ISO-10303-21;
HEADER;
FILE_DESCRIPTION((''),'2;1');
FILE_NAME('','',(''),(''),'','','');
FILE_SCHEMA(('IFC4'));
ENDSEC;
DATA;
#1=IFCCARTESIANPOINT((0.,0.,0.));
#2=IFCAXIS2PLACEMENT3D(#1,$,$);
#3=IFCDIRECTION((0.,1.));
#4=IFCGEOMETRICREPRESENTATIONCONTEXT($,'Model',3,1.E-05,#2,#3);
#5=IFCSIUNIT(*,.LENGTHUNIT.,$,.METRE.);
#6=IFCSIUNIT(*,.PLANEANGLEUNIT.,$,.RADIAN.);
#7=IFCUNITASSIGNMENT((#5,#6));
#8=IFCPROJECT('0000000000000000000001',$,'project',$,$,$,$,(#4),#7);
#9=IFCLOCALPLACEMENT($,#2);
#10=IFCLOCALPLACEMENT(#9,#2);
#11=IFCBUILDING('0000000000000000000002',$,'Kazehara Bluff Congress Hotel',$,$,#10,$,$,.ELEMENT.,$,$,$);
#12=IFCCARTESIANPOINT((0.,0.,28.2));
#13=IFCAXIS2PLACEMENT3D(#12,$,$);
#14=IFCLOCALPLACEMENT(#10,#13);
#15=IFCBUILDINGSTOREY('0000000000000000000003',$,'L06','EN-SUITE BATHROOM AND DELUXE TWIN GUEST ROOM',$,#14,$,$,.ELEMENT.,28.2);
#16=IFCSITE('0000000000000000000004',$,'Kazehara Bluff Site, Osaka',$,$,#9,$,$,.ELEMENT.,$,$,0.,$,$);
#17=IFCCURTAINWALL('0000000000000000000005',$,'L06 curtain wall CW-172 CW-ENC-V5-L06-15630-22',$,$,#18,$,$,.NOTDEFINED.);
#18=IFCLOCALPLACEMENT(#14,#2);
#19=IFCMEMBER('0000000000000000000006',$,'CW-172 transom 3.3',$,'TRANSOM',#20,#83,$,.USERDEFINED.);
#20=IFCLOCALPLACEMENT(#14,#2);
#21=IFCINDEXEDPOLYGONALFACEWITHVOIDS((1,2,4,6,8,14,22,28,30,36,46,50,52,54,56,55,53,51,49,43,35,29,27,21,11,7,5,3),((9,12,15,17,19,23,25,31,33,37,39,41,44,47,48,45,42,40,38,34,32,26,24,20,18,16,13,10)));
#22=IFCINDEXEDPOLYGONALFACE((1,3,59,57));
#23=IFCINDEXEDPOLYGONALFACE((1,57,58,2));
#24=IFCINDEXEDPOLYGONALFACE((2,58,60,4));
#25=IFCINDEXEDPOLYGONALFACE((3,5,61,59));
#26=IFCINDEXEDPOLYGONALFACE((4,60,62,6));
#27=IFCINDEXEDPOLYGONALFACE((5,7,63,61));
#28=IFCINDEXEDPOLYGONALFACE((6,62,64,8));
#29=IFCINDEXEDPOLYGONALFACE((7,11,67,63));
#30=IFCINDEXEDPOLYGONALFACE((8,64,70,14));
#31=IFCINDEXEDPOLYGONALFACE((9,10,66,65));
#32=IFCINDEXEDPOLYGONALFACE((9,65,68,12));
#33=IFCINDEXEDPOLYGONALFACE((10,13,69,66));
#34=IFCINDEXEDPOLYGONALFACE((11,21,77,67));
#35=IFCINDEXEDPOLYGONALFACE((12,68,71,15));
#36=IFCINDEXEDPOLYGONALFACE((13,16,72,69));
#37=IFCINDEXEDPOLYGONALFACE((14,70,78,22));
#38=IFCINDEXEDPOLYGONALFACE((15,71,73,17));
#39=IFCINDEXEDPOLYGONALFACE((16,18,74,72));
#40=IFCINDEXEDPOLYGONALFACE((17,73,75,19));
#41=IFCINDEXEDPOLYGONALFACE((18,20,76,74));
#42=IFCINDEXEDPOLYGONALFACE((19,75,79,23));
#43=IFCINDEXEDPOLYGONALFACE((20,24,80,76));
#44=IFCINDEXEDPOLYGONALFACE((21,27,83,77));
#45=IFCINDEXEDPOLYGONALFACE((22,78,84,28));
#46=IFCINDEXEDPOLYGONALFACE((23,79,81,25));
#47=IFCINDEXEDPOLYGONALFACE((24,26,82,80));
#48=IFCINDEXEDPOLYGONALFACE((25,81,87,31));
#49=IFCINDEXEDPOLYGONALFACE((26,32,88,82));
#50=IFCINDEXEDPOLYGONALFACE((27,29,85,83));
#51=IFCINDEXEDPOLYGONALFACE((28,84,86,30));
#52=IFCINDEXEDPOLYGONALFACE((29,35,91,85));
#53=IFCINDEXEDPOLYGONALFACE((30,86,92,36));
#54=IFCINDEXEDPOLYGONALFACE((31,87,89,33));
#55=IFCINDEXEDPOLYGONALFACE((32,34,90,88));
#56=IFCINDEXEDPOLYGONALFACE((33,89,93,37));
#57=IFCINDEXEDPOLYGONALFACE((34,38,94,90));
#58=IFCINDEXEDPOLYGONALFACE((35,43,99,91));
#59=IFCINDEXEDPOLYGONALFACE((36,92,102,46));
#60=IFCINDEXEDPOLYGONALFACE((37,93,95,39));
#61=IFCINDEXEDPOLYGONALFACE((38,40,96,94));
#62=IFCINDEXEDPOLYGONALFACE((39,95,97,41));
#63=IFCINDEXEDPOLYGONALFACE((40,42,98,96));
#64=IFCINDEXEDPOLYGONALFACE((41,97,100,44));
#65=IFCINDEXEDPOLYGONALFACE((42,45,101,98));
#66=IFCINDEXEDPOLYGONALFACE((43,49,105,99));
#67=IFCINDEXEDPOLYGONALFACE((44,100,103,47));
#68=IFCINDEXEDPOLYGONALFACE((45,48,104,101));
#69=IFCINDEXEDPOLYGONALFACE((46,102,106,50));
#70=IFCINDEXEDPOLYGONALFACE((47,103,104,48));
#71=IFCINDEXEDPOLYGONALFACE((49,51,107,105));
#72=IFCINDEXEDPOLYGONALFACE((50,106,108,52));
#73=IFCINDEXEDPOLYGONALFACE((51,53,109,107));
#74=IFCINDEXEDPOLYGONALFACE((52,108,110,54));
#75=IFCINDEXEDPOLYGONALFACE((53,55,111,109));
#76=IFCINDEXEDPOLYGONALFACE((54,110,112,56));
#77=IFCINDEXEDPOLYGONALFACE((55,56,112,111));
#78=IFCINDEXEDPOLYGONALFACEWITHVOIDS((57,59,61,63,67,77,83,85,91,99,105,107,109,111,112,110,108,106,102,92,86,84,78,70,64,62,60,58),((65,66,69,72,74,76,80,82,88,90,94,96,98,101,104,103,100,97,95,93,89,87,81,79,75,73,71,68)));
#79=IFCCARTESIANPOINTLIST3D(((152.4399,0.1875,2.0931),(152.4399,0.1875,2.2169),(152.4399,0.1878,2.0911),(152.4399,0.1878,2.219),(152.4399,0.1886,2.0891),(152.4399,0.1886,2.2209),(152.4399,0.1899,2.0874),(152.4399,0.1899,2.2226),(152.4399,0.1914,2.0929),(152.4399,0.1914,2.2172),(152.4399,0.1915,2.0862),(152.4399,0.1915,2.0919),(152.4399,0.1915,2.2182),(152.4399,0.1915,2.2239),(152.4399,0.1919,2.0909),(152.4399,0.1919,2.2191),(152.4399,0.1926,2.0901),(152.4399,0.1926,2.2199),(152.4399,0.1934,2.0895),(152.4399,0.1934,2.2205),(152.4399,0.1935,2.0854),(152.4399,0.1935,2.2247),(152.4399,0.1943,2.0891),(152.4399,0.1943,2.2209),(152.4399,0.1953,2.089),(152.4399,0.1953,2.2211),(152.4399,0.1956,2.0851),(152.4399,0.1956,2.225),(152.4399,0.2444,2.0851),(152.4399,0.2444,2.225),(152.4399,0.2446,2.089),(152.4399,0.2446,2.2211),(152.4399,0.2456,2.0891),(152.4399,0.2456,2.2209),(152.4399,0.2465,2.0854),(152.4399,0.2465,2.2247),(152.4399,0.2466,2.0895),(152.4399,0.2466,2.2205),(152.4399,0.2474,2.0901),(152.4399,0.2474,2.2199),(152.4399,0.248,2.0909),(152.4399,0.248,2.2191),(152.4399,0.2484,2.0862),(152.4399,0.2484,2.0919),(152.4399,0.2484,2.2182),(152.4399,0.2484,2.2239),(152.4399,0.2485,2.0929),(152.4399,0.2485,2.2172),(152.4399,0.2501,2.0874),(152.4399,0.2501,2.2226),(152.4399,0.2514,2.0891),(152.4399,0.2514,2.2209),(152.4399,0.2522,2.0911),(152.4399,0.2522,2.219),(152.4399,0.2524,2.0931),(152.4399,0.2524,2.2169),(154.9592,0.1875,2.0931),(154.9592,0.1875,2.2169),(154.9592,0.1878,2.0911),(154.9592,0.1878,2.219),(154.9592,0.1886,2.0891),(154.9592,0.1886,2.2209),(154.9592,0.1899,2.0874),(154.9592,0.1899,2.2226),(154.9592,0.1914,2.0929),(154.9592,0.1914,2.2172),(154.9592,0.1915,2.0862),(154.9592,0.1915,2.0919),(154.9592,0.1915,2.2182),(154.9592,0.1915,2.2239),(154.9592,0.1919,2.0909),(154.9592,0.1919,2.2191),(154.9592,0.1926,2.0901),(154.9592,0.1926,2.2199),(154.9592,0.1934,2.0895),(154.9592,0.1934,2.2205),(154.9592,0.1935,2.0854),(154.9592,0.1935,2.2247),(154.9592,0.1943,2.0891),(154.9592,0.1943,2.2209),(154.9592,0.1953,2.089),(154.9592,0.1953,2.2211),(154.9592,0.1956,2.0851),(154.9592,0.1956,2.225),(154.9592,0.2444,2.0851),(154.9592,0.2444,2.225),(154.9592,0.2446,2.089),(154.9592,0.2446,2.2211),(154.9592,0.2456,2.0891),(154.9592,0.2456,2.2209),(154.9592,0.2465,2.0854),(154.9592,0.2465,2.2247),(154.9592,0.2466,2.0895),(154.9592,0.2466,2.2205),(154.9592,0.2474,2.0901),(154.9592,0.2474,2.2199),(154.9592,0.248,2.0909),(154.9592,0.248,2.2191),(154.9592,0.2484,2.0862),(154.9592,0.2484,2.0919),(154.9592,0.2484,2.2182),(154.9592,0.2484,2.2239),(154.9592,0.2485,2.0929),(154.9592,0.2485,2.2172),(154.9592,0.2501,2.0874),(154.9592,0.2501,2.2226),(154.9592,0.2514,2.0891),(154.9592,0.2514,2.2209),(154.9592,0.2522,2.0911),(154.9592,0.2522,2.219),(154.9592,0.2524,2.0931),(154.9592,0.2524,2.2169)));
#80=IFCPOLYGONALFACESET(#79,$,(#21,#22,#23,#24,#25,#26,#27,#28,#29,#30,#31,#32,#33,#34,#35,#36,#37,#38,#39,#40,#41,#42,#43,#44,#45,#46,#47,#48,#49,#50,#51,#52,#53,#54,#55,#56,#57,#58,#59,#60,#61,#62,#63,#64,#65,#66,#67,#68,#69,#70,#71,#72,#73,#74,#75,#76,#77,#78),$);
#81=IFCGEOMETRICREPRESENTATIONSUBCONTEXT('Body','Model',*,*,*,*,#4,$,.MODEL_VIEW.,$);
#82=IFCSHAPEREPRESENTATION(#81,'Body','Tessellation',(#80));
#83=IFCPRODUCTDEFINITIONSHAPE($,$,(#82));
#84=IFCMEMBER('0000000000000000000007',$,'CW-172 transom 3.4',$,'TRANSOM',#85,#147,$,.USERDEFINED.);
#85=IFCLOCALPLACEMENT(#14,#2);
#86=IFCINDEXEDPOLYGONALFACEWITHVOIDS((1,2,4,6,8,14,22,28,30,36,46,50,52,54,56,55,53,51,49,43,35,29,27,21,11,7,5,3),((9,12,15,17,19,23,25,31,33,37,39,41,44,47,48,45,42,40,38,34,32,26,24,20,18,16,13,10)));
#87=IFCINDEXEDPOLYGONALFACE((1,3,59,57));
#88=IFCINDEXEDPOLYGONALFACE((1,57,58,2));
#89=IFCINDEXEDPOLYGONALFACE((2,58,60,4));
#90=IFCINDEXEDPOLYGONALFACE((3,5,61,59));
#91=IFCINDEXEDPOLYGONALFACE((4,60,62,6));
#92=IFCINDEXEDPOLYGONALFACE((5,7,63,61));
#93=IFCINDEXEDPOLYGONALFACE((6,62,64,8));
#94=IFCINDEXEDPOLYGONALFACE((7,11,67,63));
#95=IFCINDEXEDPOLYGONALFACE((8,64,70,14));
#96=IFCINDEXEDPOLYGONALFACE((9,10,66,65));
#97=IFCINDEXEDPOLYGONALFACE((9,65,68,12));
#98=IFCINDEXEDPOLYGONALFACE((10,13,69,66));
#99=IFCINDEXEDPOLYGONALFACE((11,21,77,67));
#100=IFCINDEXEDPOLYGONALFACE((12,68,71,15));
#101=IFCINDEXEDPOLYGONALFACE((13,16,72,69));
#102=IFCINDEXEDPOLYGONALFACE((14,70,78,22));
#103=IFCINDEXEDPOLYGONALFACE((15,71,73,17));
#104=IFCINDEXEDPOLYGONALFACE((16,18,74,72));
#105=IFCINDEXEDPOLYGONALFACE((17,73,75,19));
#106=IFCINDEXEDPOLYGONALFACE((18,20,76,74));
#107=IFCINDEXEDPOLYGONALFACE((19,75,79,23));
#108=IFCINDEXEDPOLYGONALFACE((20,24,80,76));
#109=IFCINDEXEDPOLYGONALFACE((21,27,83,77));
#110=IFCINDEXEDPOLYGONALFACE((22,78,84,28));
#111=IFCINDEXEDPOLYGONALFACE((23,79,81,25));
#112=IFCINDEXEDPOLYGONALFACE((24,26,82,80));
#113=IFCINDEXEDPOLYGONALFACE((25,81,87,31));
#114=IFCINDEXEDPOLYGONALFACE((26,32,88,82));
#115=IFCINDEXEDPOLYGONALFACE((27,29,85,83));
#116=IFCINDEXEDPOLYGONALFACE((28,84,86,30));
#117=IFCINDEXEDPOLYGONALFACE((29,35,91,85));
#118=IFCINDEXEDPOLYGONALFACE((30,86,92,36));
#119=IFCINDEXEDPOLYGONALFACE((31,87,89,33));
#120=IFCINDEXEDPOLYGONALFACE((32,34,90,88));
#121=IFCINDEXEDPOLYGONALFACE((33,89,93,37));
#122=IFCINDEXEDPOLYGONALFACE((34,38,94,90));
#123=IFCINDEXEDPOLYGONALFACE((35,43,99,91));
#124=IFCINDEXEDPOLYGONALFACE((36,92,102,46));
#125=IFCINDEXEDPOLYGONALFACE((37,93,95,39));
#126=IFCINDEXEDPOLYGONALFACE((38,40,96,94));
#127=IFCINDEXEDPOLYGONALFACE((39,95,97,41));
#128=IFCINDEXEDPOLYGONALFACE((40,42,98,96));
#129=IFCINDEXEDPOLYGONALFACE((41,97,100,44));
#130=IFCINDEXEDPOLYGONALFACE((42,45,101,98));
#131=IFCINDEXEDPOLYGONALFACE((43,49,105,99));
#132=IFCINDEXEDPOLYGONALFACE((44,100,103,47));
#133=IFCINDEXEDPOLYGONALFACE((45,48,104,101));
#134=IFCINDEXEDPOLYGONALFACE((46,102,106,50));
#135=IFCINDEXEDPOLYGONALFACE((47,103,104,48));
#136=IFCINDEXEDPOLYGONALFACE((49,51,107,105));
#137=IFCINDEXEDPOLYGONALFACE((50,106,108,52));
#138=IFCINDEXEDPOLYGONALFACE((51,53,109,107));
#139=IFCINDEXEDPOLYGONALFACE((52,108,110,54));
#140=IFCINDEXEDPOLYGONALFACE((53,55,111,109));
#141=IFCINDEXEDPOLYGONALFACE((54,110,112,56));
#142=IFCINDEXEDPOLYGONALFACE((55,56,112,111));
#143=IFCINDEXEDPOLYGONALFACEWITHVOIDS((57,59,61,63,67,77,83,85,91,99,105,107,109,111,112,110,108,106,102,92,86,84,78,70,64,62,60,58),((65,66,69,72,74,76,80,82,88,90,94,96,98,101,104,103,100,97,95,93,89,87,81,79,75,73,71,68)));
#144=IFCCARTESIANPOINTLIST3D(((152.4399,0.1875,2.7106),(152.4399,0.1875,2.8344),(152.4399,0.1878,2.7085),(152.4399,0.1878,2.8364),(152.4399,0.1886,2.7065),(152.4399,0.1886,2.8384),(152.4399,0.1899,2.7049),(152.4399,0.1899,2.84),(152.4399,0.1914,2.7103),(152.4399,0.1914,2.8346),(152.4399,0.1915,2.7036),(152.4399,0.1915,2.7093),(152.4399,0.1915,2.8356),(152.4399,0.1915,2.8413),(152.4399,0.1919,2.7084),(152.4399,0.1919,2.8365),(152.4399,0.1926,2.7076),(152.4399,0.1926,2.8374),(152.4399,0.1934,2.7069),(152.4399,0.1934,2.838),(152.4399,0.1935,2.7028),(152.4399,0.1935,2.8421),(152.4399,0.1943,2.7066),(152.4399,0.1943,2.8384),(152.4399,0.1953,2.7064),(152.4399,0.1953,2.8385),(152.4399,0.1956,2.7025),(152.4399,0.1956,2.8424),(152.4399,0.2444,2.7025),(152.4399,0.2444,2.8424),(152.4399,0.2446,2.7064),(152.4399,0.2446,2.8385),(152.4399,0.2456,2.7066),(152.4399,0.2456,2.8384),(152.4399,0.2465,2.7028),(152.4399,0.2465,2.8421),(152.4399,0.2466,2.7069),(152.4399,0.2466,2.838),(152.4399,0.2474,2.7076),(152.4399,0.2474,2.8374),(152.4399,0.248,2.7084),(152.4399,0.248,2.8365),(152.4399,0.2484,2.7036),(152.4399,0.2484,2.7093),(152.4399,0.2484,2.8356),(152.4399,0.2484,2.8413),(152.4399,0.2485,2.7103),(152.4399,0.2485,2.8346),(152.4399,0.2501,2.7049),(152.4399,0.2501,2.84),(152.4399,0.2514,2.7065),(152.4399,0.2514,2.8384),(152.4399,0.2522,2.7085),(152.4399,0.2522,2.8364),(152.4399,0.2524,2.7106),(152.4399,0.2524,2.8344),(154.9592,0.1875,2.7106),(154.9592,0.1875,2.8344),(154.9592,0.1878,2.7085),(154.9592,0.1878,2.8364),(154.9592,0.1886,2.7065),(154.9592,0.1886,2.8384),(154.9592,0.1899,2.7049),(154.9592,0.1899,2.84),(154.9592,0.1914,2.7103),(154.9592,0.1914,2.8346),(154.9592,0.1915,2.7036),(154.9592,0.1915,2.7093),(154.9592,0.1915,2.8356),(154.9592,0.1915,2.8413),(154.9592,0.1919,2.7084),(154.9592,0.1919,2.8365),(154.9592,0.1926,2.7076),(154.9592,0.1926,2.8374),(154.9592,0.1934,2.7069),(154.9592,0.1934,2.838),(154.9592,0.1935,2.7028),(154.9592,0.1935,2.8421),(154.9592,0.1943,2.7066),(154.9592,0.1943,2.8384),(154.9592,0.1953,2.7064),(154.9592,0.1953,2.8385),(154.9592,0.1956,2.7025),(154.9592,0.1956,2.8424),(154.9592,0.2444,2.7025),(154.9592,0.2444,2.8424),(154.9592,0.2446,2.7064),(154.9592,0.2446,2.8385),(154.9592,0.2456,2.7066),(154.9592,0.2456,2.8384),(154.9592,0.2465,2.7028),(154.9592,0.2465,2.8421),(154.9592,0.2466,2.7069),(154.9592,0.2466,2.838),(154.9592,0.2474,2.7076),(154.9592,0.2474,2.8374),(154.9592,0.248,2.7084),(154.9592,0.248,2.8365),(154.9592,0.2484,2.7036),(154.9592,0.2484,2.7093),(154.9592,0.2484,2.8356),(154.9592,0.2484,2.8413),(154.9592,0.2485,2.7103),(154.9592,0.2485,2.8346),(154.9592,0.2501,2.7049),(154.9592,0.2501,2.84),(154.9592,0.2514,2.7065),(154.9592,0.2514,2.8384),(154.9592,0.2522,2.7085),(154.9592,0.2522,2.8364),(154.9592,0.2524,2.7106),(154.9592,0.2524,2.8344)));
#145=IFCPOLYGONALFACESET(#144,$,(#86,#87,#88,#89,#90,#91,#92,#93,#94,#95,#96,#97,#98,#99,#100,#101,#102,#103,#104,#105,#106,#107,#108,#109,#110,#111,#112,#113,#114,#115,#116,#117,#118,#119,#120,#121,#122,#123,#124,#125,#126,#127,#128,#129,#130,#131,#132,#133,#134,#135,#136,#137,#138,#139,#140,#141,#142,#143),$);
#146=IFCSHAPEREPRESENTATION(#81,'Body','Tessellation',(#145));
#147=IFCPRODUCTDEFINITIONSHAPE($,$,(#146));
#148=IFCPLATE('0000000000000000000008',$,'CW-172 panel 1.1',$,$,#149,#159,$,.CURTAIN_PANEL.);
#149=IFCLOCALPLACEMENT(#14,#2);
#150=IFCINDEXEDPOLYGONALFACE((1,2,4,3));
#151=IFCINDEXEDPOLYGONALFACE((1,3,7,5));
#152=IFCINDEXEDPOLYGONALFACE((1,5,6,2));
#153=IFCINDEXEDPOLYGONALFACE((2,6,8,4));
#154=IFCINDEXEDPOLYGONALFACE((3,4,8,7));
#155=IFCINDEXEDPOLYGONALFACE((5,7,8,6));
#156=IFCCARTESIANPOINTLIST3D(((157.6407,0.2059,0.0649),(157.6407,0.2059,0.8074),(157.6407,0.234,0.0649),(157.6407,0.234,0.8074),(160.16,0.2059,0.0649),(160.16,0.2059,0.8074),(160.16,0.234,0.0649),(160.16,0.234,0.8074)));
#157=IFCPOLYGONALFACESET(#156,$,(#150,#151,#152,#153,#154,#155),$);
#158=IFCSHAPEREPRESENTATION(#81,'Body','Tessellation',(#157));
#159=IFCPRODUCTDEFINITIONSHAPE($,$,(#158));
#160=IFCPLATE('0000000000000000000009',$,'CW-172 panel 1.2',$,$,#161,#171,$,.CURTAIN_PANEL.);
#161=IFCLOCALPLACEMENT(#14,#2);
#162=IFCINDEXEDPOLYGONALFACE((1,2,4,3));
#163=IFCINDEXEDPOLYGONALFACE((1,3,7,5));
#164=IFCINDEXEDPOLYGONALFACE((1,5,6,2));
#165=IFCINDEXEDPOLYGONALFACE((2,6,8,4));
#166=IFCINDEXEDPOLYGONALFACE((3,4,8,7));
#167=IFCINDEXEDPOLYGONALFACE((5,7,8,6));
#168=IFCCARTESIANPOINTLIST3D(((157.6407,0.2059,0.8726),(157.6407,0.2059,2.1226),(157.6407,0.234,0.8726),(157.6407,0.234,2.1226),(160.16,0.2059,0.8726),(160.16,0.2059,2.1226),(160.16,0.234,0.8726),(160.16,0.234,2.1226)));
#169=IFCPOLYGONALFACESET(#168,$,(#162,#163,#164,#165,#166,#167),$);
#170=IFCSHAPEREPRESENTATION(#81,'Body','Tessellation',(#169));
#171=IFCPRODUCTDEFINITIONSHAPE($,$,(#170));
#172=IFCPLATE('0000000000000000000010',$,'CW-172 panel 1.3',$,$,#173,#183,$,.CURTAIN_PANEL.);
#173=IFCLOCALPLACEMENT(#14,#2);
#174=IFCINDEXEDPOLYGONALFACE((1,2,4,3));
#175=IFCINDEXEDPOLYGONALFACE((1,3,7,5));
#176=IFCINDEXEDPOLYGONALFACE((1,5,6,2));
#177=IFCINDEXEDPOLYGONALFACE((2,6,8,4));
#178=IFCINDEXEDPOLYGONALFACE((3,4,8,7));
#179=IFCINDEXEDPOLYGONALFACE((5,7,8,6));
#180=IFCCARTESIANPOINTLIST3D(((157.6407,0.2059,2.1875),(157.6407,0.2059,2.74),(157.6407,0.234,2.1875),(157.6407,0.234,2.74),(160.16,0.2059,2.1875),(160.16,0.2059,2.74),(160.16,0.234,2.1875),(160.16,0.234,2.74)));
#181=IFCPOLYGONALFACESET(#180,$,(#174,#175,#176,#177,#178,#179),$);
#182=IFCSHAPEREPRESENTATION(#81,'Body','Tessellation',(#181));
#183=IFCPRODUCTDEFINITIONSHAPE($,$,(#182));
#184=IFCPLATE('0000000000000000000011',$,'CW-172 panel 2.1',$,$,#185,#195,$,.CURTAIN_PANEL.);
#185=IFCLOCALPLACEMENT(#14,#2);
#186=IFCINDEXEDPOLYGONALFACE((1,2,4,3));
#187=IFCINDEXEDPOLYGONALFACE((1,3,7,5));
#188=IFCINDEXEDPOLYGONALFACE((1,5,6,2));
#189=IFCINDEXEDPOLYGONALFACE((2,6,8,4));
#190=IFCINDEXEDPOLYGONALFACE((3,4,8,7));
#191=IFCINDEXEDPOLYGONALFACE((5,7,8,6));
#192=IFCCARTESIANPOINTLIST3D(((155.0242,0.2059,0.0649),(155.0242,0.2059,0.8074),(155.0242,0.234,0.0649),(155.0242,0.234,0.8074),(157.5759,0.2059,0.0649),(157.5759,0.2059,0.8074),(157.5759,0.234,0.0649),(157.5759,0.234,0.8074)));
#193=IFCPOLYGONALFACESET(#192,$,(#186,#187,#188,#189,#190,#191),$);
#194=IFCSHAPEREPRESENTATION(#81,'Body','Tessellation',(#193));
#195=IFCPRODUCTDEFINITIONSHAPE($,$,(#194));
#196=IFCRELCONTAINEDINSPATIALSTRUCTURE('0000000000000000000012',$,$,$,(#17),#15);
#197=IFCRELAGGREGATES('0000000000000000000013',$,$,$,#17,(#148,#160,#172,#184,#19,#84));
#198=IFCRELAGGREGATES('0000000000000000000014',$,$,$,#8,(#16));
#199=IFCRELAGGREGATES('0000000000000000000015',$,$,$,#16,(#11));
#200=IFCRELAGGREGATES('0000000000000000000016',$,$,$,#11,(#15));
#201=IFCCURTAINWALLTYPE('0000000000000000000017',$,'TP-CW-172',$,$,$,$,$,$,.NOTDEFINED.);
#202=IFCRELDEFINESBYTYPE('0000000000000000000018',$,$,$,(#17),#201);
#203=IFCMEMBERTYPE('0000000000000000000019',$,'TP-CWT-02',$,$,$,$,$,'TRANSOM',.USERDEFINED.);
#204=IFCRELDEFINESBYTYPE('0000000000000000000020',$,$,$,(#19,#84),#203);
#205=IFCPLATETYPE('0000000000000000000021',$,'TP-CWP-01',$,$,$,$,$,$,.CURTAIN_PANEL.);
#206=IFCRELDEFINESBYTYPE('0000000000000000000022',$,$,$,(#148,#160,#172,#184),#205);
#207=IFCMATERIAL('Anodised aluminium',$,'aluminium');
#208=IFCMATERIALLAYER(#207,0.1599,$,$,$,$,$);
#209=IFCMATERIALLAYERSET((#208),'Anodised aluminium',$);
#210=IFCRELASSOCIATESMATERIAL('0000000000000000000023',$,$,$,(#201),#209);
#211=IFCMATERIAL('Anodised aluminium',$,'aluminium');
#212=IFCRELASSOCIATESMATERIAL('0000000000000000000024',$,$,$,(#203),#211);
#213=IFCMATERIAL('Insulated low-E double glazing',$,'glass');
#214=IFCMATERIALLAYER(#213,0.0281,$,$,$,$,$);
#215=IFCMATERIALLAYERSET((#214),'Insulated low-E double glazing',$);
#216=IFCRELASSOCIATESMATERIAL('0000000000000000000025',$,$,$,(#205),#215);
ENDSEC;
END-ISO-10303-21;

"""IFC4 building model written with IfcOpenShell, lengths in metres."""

from ifc_helpers import new_model, si_unit, direction, frame, origin, origin_2d, place, context, subcontext, project, spatial, rectangle, hollow_rectangle, extrude, material, layer, layer_set, material_profile, profile_set, type_object, element, aggregate, save


model = new_model("IFC4")

# Units and contexts
model_context = context("Model", 3, precision=1e-05, world=origin(), true_north=direction((0.0, 1.0)))
body_context = subcontext(model_context, "Body", "Model", "MODEL_VIEW")
ifc_project = project(units=[si_unit("LENGTHUNIT", "METRE"), si_unit("PLANEANGLEUNIT", "RADIAN")], contexts=[model_context])

# Site, building, storey
site_placement = place(None, origin())
site = spatial("IfcSite", under=ifc_project, at=site_placement, Name="Kazehara Bluff Site, Osaka", CompositionType="ELEMENT", RefElevation=0.0)
building_placement = place(site_placement, origin())
building = spatial("IfcBuilding", under=site, at=building_placement, Name="Kazehara Bluff Congress Hotel", CompositionType="ELEMENT")
storey_placement = place(building_placement, frame((0.0, 0.0, 28.2)))
storey = spatial("IfcBuildingStorey", under=building, at=storey_placement, Name="L06", Description="EN-SUITE BATHROOM AND DELUXE TWIN GUEST ROOM", CompositionType="ELEMENT", Elevation=28.2)

# Curtain wall, members, plates
ifc_material_1 = material(Name="Anodised aluminium", Category="aluminium")
ifc_layer_1 = layer(ifc_material_1, 0.1599)
ifc_layer_set_1 = layer_set([ifc_layer_1], Name="Anodised aluminium")
curtain_wall_type = type_object("IfcCurtainWallType", Name="TP-CW-172", PredefinedType="NOTDEFINED", material=ifc_layer_set_1)
curtain_wall_placement = place(storey_placement, origin())
curtain_wall = element("IfcCurtainWall", 1, at=curtain_wall_placement, inside=storey, type_object=curtain_wall_type, Name="L06 curtain wall CW-172 CW-ENC-V5-L06-15630-22", PredefinedType="NOTDEFINED")
ifc_material_2 = material(Name="Anodised aluminium", Category="aluminium")
ifc_material_profile_1 = material_profile(ifc_material_2, hollow_rectangle(XDim=0.0649, YDim=0.1399, WallThickness=0.0039, InnerFilletRadius=0.0039, OuterFilletRadius=0.0081, at=origin_2d()))
ifc_profile_set_1 = profile_set([ifc_material_profile_1], Name="Anodised aluminium")
member_type_1 = type_object("IfcMemberType", Name="TP-CWT-02", ElementType="TRANSOM", PredefinedType="USERDEFINED", material=ifc_profile_set_1)
member_1_placement = place(storey_placement, frame((154.9592, 0.22, 2.155), z_axis=(-1.0, 0.0, 0.0), x_axis=(0.0, -1.0, 0.0)))
member_1 = element("IfcMember", 2, at=member_1_placement, type_object=member_type_1, Name="CW-172 transom 3.3", ObjectType="TRANSOM", PredefinedType="USERDEFINED", context=body_context, shape_type="SweptSolid", body=[
    extrude(hollow_rectangle(XDim=0.0649, YDim=0.1399, WallThickness=0.0039, InnerFilletRadius=0.0039, OuterFilletRadius=0.0081, at=origin_2d()), origin(), (0.0, 0.0, 1.0), 2.5193),
])
member_2_placement = place(storey_placement, frame((154.9592, 0.22, 2.7725), z_axis=(-1.0, 0.0, 0.0), x_axis=(0.0, -1.0, 0.0)))
member_2 = element("IfcMember", 3, at=member_2_placement, type_object=member_type_1, Name="CW-172 transom 3.4", ObjectType="TRANSOM", PredefinedType="USERDEFINED", context=body_context, shape_type="SweptSolid", body=[
    extrude(hollow_rectangle(XDim=0.0649, YDim=0.1399, WallThickness=0.0039, InnerFilletRadius=0.0039, OuterFilletRadius=0.0081, at=origin_2d()), origin(), (0.0, 0.0, 1.0), 2.5193),
])
ifc_material_3 = material(Name="Insulated low-E double glazing", Category="glass")
ifc_layer_2 = layer(ifc_material_3, 0.0281)
ifc_layer_set_2 = layer_set([ifc_layer_2], Name="Insulated low-E double glazing")
plate_type = type_object("IfcPlateType", Name="TP-CWP-01", PredefinedType="CURTAIN_PANEL", material=ifc_layer_set_2)
plate_1_placement = place(storey_placement, frame((158.9004, 0.22, 0.0649), z_axis=(0.0, 0.0, 1.0), x_axis=(-1.0, 0.0, 0.0)))
plate_1 = element("IfcPlate", 4, at=plate_1_placement, type_object=plate_type, Name="CW-172 panel 1.1", PredefinedType="CURTAIN_PANEL", context=body_context, shape_type="SweptSolid", body=[
    extrude(rectangle(XDim=2.5193, YDim=0.0281, at=origin_2d()), origin(), (0.0, 0.0, 1.0), 0.7424),
])
plate_2_placement = place(storey_placement, frame((158.9004, 0.22, 0.8726), z_axis=(0.0, 0.0, 1.0), x_axis=(-1.0, 0.0, 0.0)))
plate_2 = element("IfcPlate", 5, at=plate_2_placement, type_object=plate_type, Name="CW-172 panel 1.2", PredefinedType="CURTAIN_PANEL", context=body_context, shape_type="SweptSolid", body=[
    extrude(rectangle(XDim=2.5193, YDim=0.0281, at=origin_2d()), origin(), (0.0, 0.0, 1.0), 1.25),
])
plate_3_placement = place(storey_placement, frame((158.9004, 0.22, 2.1875), z_axis=(0.0, 0.0, 1.0), x_axis=(-1.0, 0.0, 0.0)))
plate_3 = element("IfcPlate", 6, at=plate_3_placement, type_object=plate_type, Name="CW-172 panel 1.3", PredefinedType="CURTAIN_PANEL", context=body_context, shape_type="SweptSolid", body=[
    extrude(rectangle(XDim=2.5193, YDim=0.0281, at=origin_2d()), origin(), (0.0, 0.0, 1.0), 0.5525),
])
plate_4_placement = place(storey_placement, frame((156.3, 0.22, 0.0649), z_axis=(0.0, 0.0, 1.0), x_axis=(-1.0, 0.0, 0.0)))
plate_4 = element("IfcPlate", 7, at=plate_4_placement, type_object=plate_type, Name="CW-172 panel 2.1", PredefinedType="CURTAIN_PANEL", context=body_context, shape_type="SweptSolid", body=[
    extrude(rectangle(XDim=2.5518, YDim=0.0281, at=origin_2d()), origin(), (0.0, 0.0, 1.0), 0.7424),
])
aggregate(curtain_wall, [plate_1, plate_2, plate_3, plate_4, member_1, member_2])

save(model, "model.ifc")
